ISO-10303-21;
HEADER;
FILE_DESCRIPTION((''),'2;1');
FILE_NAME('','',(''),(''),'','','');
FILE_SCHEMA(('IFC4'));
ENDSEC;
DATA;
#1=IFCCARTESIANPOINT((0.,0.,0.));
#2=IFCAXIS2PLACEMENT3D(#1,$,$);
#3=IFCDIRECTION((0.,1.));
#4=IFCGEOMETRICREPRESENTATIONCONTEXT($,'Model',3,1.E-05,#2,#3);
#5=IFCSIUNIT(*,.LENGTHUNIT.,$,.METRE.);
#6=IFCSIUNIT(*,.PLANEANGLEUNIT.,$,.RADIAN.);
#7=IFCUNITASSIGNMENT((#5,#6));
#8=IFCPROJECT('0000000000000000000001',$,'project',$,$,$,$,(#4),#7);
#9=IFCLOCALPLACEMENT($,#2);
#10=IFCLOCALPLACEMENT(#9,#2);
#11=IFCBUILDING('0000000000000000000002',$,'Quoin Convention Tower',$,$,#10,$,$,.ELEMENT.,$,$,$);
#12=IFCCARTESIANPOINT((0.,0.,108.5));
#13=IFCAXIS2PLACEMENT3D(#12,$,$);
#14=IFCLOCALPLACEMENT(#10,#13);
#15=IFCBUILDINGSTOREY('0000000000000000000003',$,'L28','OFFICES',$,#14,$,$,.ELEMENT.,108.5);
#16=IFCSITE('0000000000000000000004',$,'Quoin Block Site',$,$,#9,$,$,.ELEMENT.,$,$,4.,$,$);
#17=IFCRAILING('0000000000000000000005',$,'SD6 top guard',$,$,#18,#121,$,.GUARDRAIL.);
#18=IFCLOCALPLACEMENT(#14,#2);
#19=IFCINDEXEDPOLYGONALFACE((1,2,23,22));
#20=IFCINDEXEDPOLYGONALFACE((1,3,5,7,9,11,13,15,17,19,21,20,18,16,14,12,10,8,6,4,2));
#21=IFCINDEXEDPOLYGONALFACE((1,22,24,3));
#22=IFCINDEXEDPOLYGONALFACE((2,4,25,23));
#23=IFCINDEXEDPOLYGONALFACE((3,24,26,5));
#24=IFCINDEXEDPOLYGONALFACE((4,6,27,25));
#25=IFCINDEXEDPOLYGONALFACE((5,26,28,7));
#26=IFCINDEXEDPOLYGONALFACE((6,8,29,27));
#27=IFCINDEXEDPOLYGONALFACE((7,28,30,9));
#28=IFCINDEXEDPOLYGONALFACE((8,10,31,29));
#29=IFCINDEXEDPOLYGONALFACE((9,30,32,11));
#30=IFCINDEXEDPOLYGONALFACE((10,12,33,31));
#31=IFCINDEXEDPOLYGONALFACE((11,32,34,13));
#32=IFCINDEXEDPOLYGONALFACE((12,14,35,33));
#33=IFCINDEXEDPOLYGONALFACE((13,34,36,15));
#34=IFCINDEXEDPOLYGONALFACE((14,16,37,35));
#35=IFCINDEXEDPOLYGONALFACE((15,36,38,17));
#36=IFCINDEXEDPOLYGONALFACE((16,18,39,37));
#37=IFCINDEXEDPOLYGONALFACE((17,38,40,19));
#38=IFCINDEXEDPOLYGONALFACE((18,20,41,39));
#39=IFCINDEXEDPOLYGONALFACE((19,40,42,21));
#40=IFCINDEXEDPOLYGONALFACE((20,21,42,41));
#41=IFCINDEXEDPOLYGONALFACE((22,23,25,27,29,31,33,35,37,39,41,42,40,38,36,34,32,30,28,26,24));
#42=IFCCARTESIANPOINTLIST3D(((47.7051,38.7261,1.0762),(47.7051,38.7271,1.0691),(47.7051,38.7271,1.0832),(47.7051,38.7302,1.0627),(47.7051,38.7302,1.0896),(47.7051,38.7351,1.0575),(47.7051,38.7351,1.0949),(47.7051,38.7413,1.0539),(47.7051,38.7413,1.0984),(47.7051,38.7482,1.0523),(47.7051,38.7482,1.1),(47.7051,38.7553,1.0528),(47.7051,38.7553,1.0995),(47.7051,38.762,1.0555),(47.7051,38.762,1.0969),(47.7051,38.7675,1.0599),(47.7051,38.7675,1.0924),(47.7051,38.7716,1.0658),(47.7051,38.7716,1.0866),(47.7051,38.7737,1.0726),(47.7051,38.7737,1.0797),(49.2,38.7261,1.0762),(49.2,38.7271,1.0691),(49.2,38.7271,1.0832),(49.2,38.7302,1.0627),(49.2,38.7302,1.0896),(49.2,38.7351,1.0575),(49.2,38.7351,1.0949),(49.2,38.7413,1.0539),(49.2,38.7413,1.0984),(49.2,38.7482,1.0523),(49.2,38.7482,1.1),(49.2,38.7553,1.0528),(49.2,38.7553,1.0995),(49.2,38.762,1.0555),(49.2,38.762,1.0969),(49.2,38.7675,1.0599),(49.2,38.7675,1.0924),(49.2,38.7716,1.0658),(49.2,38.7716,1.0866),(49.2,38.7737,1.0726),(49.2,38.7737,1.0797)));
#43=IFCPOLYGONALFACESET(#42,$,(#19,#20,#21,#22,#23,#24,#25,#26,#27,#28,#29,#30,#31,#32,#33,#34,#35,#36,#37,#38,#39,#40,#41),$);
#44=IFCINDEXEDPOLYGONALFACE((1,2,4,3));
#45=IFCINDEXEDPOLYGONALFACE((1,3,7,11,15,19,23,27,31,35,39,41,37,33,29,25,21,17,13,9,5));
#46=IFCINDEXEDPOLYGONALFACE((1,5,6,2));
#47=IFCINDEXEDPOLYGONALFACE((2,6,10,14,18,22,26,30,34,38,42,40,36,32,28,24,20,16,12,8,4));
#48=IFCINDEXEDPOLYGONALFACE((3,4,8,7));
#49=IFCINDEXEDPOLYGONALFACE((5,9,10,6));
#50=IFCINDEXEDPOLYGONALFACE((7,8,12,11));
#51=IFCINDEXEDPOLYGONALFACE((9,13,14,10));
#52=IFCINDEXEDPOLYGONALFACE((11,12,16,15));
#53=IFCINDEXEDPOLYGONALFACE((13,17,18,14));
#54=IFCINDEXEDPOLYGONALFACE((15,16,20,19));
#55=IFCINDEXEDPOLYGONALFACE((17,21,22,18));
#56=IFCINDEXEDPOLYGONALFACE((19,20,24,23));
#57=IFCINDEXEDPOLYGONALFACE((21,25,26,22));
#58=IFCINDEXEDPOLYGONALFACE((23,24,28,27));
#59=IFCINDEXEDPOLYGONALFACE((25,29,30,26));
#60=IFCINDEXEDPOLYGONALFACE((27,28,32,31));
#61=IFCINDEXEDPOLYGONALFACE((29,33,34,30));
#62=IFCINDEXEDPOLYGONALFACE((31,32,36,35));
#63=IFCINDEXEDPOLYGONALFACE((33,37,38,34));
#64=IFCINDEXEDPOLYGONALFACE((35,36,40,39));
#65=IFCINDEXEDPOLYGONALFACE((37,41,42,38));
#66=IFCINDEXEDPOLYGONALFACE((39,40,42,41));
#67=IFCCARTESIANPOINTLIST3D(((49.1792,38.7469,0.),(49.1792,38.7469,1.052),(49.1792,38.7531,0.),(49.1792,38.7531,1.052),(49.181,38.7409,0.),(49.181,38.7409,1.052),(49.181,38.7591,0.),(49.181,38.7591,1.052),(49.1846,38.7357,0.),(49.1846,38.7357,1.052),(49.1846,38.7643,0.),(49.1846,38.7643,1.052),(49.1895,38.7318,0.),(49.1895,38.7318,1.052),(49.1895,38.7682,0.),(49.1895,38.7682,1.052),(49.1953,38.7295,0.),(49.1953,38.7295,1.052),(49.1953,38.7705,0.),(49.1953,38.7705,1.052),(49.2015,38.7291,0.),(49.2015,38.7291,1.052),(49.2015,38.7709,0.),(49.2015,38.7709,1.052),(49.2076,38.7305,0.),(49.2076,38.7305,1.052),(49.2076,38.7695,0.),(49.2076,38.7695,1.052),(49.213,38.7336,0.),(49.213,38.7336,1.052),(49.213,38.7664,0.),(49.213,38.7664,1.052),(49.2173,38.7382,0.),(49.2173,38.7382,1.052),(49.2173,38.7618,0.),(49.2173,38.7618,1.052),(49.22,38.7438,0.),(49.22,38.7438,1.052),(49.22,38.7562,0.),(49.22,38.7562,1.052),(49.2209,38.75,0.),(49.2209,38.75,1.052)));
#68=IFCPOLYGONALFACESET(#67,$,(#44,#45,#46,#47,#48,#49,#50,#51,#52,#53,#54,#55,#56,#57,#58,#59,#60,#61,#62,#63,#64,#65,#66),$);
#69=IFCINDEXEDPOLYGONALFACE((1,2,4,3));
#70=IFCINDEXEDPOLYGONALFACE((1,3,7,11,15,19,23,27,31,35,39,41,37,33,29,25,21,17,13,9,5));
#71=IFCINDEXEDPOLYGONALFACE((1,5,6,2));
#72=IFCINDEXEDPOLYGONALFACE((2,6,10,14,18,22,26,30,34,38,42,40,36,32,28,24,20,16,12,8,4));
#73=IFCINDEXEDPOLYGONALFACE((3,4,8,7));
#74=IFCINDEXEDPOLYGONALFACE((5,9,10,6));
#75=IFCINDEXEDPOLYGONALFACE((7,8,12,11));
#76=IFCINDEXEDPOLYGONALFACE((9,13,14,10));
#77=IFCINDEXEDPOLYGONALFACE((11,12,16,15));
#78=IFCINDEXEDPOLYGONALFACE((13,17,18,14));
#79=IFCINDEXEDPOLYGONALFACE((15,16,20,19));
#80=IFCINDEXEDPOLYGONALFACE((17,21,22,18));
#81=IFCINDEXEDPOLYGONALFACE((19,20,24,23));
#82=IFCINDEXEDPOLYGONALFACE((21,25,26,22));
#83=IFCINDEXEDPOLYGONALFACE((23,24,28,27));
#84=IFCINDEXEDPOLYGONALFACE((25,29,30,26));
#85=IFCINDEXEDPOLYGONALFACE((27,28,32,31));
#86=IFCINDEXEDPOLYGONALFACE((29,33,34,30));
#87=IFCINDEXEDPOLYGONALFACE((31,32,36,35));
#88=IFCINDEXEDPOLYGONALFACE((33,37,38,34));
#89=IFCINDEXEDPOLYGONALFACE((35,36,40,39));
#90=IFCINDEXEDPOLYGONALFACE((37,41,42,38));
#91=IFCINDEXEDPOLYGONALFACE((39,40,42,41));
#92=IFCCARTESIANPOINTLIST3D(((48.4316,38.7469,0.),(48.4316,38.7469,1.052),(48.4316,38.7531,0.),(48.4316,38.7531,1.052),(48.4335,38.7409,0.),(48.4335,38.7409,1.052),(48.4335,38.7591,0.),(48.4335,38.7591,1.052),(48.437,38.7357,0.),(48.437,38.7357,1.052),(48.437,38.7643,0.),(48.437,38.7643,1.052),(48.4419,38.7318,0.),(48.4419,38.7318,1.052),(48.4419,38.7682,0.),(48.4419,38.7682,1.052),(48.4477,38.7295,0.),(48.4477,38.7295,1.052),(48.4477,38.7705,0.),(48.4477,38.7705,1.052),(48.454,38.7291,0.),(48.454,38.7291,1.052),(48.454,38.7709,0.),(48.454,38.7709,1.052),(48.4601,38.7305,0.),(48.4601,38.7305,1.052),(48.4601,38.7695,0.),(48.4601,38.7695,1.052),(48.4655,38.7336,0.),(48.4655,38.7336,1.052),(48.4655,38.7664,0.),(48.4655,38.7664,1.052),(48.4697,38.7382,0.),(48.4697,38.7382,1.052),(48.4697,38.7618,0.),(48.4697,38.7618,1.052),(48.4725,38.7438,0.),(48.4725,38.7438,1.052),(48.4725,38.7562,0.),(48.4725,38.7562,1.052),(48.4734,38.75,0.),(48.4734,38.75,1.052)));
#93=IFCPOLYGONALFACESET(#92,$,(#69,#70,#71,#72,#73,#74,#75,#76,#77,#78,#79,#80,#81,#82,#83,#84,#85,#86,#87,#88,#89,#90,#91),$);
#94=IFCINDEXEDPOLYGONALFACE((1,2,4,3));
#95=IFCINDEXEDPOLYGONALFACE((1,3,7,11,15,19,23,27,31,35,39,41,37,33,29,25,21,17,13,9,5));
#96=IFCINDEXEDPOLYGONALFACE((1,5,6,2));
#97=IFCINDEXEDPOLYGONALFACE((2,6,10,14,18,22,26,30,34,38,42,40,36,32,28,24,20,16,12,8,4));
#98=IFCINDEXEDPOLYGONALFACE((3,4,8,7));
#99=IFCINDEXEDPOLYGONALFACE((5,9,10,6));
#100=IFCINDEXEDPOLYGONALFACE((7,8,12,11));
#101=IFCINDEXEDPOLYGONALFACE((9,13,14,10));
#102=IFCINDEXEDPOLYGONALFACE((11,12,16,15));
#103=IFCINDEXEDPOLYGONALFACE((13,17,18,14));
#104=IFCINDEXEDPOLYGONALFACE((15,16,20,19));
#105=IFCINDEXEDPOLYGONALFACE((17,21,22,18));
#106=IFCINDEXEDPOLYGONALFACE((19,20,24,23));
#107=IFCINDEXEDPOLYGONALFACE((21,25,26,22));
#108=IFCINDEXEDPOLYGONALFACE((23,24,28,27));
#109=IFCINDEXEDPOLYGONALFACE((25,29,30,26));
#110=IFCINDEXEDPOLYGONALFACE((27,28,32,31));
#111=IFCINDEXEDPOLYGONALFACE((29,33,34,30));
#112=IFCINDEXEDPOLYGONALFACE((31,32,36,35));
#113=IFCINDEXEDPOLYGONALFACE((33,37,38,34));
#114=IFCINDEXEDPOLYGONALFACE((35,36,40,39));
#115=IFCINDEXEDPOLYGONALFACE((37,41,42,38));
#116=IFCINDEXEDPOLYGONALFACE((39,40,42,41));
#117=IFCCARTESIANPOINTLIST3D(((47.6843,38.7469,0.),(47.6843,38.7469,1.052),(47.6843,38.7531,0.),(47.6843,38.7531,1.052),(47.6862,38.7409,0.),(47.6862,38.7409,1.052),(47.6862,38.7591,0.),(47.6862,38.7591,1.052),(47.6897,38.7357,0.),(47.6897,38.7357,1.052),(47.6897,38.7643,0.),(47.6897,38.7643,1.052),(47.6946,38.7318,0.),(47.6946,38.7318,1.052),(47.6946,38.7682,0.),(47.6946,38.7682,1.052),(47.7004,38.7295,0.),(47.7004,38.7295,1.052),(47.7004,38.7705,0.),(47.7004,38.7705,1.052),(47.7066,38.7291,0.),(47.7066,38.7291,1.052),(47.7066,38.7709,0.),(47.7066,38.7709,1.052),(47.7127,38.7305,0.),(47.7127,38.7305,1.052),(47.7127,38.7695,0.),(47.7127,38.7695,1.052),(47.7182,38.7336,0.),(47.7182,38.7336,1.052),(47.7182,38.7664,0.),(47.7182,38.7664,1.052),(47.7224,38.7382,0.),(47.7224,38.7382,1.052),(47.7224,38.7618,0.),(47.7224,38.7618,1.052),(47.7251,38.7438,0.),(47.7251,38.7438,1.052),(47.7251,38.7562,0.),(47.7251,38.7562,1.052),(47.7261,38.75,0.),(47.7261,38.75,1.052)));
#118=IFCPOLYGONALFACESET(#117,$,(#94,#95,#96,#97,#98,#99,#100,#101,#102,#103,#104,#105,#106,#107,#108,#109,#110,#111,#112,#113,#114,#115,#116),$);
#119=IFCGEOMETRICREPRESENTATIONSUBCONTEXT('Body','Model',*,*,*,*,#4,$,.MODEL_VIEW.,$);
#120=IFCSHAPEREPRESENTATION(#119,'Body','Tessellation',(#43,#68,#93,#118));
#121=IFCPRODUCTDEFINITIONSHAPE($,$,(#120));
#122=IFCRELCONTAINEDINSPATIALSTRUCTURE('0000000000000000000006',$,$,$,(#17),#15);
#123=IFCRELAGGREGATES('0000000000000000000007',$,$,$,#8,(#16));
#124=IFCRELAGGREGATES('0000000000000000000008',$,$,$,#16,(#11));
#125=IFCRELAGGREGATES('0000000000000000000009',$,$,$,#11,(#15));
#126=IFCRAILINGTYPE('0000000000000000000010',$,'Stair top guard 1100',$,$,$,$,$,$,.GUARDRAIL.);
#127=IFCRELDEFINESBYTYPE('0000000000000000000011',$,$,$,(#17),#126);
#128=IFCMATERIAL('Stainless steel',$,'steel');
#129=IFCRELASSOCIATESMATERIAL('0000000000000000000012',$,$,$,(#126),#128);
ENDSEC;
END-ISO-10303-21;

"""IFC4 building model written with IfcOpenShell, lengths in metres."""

from ifc_helpers import new_model, si_unit, direction, frame, origin, origin_2d, place, context, subcontext, project, spatial, circle, extrude, material, type_object, element, save


model = new_model("IFC4")

# Units and contexts
model_context = context("Model", 3, precision=1e-05, world=origin(), true_north=direction((0.0, 1.0)))
body_context = subcontext(model_context, "Body", "Model", "MODEL_VIEW")
ifc_project = project(units=[si_unit("LENGTHUNIT", "METRE"), si_unit("PLANEANGLEUNIT", "RADIAN")], contexts=[model_context])

# Site, building, storey
site_placement = place(None, origin())
site = spatial("IfcSite", under=ifc_project, at=site_placement, Name="Quoin Block Site", CompositionType="ELEMENT", RefElevation=4.0)
building_placement = place(site_placement, origin())
building = spatial("IfcBuilding", under=site, at=building_placement, Name="Quoin Convention Tower", CompositionType="ELEMENT")
storey_placement = place(building_placement, frame((0.0, 0.0, 108.5)))
storey = spatial("IfcBuildingStorey", under=building, at=storey_placement, Name="L28", Description="OFFICES", CompositionType="ELEMENT", Elevation=108.5)

# Railing
ifc_material_1 = material(Name="Stainless steel", Category="steel")
railing_type_1 = type_object("IfcRailingType", Name="Stair top guard 1100", PredefinedType="GUARDRAIL", material=ifc_material_1)
railing_1_placement = place(storey_placement, frame((49.2, 38.75, 0.0)))
element("IfcRailing", 1, at=railing_1_placement, inside=storey, type_object=railing_type_1, Name="SD6 top guard", PredefinedType="GUARDRAIL", context=body_context, shape_type="SweptSolid", body=[
    extrude(circle(Radius=0.0239, at=origin_2d()), frame((0.0, 0.0, 1.0762), z_axis=(-1.0, 0.0, 0.0), x_axis=(0.0, -1.0, 0.0)), (0.0, 0.0, 1.0), 1.4949),
    extrude(circle(Radius=0.021, at=origin_2d()), origin(), (0.0, 0.0, 1.0), 1.052),
    extrude(circle(Radius=0.021, at=origin_2d()), frame((-0.7476, 0.0, 0.0)), (0.0, 0.0, 1.0), 1.052),
    extrude(circle(Radius=0.021, at=origin_2d()), frame((-1.4949, 0.0, 0.0)), (0.0, 0.0, 1.0), 1.052),
])

save(model, "model.ifc")
